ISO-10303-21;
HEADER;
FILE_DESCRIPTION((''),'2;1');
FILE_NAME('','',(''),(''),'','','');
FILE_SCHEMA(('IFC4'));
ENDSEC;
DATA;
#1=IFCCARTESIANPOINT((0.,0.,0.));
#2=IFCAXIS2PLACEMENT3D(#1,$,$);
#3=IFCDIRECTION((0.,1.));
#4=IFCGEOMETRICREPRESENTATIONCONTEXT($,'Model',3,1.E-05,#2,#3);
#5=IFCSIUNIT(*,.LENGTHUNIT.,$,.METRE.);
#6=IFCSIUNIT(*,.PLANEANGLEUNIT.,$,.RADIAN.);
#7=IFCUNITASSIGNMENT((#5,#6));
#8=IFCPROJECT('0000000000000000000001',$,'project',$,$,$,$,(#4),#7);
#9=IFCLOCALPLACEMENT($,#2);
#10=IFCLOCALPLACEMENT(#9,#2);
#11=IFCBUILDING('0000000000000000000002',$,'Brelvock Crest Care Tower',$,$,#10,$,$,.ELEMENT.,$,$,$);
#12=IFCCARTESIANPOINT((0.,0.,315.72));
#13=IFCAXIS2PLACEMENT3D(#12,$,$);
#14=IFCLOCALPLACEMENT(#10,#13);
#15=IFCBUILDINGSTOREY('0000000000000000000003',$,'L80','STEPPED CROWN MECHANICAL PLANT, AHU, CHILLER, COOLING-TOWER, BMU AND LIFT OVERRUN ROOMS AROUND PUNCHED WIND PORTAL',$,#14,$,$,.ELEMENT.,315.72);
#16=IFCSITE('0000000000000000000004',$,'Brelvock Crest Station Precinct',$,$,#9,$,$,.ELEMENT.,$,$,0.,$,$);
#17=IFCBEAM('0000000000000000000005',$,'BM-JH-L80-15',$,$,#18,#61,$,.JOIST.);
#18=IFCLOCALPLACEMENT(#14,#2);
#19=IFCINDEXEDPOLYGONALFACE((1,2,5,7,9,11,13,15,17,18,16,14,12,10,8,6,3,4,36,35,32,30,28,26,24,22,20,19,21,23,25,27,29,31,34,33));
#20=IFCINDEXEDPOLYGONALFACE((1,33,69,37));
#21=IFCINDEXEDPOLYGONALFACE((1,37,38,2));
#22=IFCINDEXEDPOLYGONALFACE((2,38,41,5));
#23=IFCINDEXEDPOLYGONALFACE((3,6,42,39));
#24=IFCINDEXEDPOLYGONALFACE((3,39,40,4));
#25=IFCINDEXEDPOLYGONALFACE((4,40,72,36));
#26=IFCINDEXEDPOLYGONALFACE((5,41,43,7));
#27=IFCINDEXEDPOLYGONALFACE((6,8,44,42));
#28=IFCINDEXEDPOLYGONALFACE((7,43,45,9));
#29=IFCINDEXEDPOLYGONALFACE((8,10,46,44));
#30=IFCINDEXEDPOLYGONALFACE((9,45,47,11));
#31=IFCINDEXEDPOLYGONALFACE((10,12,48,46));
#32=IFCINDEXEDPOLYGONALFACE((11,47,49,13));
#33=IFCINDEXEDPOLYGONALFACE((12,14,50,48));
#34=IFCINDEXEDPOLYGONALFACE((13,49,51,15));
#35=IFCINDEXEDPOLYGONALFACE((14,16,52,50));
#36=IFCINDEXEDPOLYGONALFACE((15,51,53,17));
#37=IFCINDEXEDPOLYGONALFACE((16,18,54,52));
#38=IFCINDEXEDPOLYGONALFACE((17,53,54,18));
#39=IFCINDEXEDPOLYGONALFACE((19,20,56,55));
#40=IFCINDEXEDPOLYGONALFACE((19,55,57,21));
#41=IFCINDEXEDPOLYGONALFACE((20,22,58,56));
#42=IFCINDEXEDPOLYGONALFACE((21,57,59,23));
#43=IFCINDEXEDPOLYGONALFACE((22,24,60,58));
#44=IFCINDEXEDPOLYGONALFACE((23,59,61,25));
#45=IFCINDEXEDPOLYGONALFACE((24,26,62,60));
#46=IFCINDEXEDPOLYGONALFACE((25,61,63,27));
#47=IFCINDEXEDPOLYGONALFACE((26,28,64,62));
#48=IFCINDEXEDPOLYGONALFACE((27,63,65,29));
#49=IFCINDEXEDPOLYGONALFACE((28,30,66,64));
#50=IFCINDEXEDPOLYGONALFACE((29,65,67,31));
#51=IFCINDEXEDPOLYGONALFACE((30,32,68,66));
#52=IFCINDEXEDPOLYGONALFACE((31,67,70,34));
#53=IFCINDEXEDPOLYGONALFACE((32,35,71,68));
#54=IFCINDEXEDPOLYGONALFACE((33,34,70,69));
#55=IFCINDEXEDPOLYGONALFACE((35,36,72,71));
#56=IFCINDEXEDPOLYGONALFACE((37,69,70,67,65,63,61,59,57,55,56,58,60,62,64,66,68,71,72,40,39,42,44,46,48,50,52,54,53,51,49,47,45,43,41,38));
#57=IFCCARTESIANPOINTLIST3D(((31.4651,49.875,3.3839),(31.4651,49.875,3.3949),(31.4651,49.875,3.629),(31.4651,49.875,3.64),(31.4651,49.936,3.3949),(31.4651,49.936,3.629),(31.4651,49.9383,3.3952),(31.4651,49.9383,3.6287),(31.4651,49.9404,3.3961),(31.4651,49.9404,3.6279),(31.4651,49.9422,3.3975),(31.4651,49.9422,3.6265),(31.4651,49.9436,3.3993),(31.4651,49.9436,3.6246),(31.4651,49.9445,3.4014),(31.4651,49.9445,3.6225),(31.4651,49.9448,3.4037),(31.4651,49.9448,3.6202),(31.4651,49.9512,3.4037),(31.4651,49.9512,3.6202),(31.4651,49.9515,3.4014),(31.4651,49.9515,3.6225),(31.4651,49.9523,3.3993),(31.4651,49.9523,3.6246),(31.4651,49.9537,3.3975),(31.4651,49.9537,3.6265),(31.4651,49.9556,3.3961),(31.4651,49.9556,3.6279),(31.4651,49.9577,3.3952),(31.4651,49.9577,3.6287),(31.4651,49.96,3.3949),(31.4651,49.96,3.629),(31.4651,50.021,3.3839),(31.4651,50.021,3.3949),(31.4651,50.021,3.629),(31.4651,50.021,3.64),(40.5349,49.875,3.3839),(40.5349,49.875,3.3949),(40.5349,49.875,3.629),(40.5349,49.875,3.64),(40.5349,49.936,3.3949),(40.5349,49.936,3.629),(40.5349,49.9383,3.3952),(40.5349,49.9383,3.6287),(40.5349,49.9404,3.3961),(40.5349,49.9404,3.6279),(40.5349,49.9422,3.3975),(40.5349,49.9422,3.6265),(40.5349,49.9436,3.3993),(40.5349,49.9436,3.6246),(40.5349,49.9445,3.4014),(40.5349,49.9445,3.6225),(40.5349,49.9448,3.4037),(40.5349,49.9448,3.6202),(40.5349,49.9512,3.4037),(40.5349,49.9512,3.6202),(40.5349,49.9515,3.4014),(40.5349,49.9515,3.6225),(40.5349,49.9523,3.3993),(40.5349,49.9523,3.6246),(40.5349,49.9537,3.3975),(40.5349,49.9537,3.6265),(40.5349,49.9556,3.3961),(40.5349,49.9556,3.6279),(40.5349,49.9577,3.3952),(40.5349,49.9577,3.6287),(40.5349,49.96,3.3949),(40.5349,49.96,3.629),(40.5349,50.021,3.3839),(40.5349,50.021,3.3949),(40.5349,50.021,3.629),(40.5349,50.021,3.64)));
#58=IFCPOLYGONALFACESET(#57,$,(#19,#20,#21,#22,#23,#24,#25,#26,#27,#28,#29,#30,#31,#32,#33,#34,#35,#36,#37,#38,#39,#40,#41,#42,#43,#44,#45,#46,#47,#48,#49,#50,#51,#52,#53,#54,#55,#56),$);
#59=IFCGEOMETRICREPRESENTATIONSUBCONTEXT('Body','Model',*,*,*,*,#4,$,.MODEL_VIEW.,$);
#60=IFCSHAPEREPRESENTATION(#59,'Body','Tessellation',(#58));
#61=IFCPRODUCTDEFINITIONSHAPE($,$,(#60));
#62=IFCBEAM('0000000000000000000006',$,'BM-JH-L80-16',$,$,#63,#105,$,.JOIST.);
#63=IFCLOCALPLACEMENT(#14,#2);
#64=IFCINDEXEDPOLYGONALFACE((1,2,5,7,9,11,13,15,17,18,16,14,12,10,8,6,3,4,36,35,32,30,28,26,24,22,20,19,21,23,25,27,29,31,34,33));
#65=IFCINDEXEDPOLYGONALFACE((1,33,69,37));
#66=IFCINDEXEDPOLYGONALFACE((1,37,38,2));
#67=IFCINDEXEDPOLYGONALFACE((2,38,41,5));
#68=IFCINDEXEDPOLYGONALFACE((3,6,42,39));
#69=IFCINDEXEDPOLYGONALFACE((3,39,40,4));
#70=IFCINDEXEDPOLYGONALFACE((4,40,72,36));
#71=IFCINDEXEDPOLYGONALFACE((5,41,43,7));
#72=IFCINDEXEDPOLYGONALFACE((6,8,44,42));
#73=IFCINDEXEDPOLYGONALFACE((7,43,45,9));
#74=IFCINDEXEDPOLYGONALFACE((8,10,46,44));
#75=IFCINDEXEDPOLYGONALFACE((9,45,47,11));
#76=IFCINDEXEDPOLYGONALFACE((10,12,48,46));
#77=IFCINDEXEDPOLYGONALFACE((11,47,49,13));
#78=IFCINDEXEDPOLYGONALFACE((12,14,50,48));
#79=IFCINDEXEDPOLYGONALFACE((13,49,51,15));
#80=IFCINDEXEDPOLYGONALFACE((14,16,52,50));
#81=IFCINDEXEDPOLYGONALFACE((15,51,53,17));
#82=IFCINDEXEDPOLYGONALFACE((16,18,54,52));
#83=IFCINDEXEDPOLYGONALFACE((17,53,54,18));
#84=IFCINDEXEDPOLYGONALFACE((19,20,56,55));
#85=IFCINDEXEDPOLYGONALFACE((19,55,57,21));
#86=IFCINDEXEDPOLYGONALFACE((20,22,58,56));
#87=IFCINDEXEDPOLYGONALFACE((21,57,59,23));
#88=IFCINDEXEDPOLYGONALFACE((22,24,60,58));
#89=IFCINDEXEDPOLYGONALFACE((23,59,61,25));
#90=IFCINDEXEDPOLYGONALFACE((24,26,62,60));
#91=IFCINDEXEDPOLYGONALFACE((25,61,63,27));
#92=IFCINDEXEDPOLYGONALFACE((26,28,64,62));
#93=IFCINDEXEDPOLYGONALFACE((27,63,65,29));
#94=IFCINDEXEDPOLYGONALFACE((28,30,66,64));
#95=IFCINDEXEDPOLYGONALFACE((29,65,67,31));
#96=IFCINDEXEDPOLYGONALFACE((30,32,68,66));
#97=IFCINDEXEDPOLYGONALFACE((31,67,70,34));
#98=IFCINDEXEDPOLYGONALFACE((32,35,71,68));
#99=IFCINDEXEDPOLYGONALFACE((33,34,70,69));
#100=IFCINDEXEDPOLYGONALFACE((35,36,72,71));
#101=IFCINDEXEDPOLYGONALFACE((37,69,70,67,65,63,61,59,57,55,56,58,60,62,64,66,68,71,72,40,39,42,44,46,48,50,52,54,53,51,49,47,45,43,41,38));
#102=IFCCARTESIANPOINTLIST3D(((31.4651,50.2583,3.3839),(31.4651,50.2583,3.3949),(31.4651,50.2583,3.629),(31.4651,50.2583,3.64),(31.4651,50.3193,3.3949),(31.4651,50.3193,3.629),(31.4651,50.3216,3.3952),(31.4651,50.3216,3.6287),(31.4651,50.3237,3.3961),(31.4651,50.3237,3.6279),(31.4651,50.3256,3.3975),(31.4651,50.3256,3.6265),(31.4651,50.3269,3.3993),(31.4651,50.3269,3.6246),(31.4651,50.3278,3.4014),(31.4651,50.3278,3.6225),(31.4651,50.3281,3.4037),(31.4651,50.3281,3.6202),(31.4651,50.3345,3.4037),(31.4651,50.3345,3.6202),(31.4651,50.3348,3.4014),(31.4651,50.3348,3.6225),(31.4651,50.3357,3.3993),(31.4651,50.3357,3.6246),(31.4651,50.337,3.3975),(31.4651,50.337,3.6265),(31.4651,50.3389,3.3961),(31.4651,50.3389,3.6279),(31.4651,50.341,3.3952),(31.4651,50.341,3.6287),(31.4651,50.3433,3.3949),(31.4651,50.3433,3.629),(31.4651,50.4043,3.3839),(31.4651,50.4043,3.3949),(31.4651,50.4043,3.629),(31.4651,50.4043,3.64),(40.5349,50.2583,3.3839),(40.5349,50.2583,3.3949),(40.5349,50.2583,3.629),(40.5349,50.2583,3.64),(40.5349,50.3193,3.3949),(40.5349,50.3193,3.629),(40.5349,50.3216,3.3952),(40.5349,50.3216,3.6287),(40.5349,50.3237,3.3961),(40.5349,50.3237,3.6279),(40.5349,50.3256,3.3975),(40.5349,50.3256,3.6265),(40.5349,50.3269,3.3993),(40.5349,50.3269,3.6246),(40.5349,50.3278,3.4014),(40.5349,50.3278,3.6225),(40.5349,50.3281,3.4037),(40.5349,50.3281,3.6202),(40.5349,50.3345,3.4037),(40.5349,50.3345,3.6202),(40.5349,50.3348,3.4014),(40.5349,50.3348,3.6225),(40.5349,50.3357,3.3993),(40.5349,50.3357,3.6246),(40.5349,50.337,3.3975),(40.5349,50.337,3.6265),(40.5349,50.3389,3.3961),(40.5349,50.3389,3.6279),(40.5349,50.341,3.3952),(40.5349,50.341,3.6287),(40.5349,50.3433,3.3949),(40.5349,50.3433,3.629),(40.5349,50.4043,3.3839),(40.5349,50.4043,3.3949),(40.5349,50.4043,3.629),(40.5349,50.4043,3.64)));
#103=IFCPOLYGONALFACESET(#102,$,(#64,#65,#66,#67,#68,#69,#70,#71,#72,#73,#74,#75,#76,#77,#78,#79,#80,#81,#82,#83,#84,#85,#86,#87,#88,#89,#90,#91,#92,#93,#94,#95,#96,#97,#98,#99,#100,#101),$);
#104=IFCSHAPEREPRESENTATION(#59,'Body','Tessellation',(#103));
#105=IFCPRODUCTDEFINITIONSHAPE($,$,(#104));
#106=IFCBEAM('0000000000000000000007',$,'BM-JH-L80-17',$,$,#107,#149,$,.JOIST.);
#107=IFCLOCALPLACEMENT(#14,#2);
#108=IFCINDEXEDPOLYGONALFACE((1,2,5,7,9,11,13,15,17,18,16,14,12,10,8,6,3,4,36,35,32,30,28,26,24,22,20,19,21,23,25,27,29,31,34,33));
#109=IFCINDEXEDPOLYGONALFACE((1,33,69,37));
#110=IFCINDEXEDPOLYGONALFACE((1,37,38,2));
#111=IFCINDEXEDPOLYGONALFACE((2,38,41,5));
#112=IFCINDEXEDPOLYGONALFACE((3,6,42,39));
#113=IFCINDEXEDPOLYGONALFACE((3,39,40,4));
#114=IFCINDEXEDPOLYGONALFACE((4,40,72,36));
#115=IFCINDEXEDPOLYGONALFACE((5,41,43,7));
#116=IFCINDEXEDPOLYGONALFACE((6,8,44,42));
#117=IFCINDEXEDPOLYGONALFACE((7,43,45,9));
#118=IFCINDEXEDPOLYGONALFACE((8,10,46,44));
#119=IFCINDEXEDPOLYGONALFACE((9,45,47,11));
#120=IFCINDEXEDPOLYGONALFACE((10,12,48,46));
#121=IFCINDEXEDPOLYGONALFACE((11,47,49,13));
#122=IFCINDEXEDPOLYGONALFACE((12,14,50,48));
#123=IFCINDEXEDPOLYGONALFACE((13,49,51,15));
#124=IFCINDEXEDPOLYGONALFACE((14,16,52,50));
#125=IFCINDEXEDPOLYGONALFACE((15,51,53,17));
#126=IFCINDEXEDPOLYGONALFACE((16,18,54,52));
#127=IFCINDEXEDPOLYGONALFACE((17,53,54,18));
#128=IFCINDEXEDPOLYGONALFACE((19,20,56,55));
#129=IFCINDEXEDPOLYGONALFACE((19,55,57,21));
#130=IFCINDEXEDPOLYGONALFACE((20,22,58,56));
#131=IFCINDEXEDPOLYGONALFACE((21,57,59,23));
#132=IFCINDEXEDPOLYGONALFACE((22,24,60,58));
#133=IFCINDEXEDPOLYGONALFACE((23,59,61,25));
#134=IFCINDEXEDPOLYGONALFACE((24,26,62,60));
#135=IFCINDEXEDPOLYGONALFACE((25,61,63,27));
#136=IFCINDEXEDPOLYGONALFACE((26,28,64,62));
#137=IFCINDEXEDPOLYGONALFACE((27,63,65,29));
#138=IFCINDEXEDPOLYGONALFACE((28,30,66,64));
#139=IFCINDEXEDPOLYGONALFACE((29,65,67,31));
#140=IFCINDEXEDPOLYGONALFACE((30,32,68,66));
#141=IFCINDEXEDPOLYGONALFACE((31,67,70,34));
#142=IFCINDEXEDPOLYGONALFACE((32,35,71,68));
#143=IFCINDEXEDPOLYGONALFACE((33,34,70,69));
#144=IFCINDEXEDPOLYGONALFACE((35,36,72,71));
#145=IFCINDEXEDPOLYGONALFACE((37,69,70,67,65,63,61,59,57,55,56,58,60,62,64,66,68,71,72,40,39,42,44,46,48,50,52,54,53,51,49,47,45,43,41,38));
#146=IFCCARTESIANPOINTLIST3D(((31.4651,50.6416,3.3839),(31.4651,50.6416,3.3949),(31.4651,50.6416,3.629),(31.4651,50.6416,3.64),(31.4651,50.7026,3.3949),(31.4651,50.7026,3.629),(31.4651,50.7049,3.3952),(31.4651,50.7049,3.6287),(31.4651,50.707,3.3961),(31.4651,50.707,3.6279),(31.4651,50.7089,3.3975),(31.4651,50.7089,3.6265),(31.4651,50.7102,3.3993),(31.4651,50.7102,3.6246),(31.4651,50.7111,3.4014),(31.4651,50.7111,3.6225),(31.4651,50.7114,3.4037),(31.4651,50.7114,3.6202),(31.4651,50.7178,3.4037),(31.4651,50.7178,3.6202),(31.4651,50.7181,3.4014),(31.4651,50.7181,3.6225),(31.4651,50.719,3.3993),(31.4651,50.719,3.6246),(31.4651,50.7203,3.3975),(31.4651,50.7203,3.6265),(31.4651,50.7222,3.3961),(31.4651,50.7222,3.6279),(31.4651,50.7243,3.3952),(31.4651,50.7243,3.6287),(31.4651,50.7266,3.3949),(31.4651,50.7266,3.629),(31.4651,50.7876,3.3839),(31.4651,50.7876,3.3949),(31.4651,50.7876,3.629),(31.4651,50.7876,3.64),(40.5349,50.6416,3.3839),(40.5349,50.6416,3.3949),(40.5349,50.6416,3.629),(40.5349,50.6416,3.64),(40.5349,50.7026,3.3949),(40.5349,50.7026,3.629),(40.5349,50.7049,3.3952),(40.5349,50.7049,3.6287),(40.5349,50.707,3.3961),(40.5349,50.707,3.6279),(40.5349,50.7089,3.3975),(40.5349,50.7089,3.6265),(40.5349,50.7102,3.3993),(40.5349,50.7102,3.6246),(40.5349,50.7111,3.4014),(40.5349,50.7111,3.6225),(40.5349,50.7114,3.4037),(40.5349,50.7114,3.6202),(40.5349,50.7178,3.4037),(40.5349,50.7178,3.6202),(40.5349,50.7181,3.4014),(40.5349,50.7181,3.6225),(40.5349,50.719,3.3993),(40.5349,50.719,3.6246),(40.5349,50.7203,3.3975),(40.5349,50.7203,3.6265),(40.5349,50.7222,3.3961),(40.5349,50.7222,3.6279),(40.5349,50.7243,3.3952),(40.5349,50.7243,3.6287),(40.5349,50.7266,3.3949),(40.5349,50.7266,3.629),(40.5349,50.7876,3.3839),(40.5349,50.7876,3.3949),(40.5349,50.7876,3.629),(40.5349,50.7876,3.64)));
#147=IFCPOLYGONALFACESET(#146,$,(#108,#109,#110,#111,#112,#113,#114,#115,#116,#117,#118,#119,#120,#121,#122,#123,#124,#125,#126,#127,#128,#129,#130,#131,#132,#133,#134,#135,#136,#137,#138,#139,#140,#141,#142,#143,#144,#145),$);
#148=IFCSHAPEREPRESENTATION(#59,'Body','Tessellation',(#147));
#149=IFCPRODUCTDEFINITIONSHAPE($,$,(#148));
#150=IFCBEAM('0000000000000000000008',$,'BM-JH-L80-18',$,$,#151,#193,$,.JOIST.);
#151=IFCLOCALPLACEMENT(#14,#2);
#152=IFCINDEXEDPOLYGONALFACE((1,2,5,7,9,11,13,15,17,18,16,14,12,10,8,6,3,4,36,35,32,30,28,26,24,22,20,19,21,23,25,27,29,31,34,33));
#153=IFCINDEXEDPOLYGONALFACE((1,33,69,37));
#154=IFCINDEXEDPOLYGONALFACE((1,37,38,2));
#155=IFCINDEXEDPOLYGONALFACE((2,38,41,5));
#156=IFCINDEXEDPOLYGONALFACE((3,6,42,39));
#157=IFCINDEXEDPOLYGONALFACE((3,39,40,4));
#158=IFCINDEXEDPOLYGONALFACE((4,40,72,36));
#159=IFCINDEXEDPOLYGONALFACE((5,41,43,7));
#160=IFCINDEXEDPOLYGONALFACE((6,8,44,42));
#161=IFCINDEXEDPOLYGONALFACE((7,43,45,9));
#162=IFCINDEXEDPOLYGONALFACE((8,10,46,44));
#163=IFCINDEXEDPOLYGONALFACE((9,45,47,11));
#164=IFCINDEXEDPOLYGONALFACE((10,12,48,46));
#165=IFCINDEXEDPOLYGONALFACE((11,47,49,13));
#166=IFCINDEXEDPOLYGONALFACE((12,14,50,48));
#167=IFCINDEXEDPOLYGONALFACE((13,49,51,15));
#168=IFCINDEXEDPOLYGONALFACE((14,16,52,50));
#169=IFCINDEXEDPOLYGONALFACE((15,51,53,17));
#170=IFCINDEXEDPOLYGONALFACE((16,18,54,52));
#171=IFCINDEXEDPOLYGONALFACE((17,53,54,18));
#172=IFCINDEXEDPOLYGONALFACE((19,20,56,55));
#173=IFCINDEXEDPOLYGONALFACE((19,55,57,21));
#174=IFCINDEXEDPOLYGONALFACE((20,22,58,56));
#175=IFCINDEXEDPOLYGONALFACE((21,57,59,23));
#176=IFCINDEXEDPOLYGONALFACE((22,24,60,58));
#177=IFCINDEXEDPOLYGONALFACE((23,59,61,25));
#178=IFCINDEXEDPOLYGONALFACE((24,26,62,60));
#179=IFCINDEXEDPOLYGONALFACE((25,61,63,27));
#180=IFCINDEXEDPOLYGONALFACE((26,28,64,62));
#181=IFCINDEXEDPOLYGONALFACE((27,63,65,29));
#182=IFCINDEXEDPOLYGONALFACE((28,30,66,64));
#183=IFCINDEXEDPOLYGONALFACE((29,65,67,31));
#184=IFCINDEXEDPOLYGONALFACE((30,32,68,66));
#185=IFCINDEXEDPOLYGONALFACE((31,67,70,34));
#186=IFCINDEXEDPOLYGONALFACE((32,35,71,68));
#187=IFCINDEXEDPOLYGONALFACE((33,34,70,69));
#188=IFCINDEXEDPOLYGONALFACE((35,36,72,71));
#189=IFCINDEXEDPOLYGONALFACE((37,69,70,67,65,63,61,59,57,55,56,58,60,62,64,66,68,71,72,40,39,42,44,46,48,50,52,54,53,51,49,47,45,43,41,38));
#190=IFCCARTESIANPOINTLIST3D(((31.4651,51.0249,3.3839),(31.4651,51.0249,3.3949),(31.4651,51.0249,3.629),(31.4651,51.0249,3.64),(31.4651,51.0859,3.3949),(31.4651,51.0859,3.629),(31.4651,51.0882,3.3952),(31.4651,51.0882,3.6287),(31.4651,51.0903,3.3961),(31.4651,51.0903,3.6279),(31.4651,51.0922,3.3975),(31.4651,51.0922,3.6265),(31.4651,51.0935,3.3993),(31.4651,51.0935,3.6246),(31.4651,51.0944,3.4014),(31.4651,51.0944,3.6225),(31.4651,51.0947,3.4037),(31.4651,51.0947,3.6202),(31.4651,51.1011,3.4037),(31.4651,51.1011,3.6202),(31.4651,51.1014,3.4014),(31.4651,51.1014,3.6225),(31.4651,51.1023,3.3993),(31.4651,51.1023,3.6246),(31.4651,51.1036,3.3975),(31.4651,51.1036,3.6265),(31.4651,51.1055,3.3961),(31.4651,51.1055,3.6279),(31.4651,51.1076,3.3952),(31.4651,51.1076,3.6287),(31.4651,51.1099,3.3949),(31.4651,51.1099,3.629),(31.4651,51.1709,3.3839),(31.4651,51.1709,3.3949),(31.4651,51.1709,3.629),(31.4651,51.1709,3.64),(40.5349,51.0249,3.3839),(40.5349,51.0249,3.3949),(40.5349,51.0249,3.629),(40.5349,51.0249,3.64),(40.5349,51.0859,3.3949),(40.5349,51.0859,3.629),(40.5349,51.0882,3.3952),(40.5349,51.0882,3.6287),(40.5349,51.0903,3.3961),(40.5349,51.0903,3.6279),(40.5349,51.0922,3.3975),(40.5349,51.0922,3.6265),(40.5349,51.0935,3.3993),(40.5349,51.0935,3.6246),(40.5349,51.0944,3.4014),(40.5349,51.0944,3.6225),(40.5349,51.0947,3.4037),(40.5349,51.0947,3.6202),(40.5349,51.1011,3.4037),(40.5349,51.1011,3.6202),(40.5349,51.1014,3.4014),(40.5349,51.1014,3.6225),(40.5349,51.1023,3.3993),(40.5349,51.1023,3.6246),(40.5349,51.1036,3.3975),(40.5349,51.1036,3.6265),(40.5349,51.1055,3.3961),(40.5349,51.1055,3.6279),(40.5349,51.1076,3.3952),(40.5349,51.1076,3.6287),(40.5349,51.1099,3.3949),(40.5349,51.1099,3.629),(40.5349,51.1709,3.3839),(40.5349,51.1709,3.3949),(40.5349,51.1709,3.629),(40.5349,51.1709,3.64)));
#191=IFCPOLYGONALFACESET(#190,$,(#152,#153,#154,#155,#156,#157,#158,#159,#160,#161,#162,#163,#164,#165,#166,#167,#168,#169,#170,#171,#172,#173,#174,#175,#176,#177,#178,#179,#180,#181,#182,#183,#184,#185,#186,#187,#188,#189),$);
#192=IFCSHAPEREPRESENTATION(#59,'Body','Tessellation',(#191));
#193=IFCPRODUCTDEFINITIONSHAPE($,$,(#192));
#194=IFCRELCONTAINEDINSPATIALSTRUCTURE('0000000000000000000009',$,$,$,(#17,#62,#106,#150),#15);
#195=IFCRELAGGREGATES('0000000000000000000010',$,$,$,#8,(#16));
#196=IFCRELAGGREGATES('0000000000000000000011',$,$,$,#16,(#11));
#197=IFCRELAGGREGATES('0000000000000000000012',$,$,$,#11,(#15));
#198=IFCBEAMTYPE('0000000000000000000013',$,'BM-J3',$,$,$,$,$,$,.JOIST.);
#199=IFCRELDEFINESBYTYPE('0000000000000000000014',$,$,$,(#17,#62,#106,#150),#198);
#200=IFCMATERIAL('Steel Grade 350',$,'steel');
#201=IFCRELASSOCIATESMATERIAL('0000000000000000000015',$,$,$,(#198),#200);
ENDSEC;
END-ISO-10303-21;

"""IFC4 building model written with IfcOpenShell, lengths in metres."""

from ifc_helpers import new_model, si_unit, direction, frame, origin, origin_2d, place, context, subcontext, project, spatial, i_section, extrude, source, transform, mapped, material, material_profile, profile_set, type_object, element, save


model = new_model("IFC4")

# Units and contexts
model_context = context("Model", 3, precision=1e-05, world=origin(), true_north=direction((0.0, 1.0)))
body_context = subcontext(model_context, "Body", "Model", "MODEL_VIEW")
ifc_project = project(units=[si_unit("LENGTHUNIT", "METRE"), si_unit("PLANEANGLEUNIT", "RADIAN")], contexts=[model_context])

# Site, building, storey
site_placement = place(None, origin())
site = spatial("IfcSite", under=ifc_project, at=site_placement, Name="Brelvock Crest Station Precinct", CompositionType="ELEMENT", RefElevation=0.0)
building_placement = place(site_placement, origin())
building = spatial("IfcBuilding", under=site, at=building_placement, Name="Brelvock Crest Care Tower", CompositionType="ELEMENT")
storey_placement = place(building_placement, frame((0.0, 0.0, 315.72)))
storey = spatial("IfcBuildingStorey", under=building, at=storey_placement, Name="L80", Description="STEPPED CROWN MECHANICAL PLANT, AHU, CHILLER, COOLING-TOWER, BMU AND LIFT OVERRUN ROOMS AROUND PUNCHED WIND PORTAL", CompositionType="ELEMENT", Elevation=315.72)

# Shared definitions
ifc_material_1 = material(Name="Steel Grade 350", Category="steel")

# Beams
ifc_material_profile_1 = material_profile(ifc_material_1, i_section(OverallWidth=0.146, OverallDepth=0.2561, WebThickness=0.0063, FlangeThickness=0.011, FilletRadius=0.0088, at=origin_2d()), Name="250UB37.3")
ifc_profile_set_1 = profile_set([ifc_material_profile_1], Name="Steel Grade 350")
beam_type_1 = type_object("IfcBeamType", Name="BM-J3", PredefinedType="JOIST", material=ifc_profile_set_1)
shared_shape_1 = source(origin(), body_context, "Body", "SweptSolid", [
    extrude(i_section(OverallWidth=0.146, OverallDepth=0.2561, WebThickness=0.0063, FlangeThickness=0.011, FilletRadius=0.0088, at=origin_2d()), origin(), (0.0, 0.0, 1.0), 9.0698),
])
for number, where, z_axis, x_axis, name in (
    (1, (31.4651, 49.948, 3.512), (1.0, 0.0, 0.0), (0.0, 1.0, 0.0), "BM-JH-L80-15"),
    (2, (31.4651, 50.3313, 3.512), (1.0, 0.0, 0.0), (0.0, 1.0, 0.0), "BM-JH-L80-16"),
    (3, (31.4651, 50.7146, 3.512), (1.0, 0.0, 0.0), (0.0, 1.0, 0.0), "BM-JH-L80-17"),
    (4, (31.4651, 51.0979, 3.512), (1.0, 0.0, 0.0), (0.0, 1.0, 0.0), "BM-JH-L80-18"),
):
    element("IfcBeam", number, at=place(storey_placement, frame(where, z_axis=z_axis, x_axis=x_axis)), inside=storey, type_object=beam_type_1, Name=name, PredefinedType="JOIST", context=body_context, shape_type="MappedRepresentation", body=[
        mapped(shared_shape_1, transform((0.0, 0.0, 0.0), x_axis=(1.0, 0.0, 0.0), y_axis=(0.0, 1.0, 0.0), z_axis=(0.0, 0.0, 1.0), scale=1.0)),
    ])

save(model, "model.ifc")
